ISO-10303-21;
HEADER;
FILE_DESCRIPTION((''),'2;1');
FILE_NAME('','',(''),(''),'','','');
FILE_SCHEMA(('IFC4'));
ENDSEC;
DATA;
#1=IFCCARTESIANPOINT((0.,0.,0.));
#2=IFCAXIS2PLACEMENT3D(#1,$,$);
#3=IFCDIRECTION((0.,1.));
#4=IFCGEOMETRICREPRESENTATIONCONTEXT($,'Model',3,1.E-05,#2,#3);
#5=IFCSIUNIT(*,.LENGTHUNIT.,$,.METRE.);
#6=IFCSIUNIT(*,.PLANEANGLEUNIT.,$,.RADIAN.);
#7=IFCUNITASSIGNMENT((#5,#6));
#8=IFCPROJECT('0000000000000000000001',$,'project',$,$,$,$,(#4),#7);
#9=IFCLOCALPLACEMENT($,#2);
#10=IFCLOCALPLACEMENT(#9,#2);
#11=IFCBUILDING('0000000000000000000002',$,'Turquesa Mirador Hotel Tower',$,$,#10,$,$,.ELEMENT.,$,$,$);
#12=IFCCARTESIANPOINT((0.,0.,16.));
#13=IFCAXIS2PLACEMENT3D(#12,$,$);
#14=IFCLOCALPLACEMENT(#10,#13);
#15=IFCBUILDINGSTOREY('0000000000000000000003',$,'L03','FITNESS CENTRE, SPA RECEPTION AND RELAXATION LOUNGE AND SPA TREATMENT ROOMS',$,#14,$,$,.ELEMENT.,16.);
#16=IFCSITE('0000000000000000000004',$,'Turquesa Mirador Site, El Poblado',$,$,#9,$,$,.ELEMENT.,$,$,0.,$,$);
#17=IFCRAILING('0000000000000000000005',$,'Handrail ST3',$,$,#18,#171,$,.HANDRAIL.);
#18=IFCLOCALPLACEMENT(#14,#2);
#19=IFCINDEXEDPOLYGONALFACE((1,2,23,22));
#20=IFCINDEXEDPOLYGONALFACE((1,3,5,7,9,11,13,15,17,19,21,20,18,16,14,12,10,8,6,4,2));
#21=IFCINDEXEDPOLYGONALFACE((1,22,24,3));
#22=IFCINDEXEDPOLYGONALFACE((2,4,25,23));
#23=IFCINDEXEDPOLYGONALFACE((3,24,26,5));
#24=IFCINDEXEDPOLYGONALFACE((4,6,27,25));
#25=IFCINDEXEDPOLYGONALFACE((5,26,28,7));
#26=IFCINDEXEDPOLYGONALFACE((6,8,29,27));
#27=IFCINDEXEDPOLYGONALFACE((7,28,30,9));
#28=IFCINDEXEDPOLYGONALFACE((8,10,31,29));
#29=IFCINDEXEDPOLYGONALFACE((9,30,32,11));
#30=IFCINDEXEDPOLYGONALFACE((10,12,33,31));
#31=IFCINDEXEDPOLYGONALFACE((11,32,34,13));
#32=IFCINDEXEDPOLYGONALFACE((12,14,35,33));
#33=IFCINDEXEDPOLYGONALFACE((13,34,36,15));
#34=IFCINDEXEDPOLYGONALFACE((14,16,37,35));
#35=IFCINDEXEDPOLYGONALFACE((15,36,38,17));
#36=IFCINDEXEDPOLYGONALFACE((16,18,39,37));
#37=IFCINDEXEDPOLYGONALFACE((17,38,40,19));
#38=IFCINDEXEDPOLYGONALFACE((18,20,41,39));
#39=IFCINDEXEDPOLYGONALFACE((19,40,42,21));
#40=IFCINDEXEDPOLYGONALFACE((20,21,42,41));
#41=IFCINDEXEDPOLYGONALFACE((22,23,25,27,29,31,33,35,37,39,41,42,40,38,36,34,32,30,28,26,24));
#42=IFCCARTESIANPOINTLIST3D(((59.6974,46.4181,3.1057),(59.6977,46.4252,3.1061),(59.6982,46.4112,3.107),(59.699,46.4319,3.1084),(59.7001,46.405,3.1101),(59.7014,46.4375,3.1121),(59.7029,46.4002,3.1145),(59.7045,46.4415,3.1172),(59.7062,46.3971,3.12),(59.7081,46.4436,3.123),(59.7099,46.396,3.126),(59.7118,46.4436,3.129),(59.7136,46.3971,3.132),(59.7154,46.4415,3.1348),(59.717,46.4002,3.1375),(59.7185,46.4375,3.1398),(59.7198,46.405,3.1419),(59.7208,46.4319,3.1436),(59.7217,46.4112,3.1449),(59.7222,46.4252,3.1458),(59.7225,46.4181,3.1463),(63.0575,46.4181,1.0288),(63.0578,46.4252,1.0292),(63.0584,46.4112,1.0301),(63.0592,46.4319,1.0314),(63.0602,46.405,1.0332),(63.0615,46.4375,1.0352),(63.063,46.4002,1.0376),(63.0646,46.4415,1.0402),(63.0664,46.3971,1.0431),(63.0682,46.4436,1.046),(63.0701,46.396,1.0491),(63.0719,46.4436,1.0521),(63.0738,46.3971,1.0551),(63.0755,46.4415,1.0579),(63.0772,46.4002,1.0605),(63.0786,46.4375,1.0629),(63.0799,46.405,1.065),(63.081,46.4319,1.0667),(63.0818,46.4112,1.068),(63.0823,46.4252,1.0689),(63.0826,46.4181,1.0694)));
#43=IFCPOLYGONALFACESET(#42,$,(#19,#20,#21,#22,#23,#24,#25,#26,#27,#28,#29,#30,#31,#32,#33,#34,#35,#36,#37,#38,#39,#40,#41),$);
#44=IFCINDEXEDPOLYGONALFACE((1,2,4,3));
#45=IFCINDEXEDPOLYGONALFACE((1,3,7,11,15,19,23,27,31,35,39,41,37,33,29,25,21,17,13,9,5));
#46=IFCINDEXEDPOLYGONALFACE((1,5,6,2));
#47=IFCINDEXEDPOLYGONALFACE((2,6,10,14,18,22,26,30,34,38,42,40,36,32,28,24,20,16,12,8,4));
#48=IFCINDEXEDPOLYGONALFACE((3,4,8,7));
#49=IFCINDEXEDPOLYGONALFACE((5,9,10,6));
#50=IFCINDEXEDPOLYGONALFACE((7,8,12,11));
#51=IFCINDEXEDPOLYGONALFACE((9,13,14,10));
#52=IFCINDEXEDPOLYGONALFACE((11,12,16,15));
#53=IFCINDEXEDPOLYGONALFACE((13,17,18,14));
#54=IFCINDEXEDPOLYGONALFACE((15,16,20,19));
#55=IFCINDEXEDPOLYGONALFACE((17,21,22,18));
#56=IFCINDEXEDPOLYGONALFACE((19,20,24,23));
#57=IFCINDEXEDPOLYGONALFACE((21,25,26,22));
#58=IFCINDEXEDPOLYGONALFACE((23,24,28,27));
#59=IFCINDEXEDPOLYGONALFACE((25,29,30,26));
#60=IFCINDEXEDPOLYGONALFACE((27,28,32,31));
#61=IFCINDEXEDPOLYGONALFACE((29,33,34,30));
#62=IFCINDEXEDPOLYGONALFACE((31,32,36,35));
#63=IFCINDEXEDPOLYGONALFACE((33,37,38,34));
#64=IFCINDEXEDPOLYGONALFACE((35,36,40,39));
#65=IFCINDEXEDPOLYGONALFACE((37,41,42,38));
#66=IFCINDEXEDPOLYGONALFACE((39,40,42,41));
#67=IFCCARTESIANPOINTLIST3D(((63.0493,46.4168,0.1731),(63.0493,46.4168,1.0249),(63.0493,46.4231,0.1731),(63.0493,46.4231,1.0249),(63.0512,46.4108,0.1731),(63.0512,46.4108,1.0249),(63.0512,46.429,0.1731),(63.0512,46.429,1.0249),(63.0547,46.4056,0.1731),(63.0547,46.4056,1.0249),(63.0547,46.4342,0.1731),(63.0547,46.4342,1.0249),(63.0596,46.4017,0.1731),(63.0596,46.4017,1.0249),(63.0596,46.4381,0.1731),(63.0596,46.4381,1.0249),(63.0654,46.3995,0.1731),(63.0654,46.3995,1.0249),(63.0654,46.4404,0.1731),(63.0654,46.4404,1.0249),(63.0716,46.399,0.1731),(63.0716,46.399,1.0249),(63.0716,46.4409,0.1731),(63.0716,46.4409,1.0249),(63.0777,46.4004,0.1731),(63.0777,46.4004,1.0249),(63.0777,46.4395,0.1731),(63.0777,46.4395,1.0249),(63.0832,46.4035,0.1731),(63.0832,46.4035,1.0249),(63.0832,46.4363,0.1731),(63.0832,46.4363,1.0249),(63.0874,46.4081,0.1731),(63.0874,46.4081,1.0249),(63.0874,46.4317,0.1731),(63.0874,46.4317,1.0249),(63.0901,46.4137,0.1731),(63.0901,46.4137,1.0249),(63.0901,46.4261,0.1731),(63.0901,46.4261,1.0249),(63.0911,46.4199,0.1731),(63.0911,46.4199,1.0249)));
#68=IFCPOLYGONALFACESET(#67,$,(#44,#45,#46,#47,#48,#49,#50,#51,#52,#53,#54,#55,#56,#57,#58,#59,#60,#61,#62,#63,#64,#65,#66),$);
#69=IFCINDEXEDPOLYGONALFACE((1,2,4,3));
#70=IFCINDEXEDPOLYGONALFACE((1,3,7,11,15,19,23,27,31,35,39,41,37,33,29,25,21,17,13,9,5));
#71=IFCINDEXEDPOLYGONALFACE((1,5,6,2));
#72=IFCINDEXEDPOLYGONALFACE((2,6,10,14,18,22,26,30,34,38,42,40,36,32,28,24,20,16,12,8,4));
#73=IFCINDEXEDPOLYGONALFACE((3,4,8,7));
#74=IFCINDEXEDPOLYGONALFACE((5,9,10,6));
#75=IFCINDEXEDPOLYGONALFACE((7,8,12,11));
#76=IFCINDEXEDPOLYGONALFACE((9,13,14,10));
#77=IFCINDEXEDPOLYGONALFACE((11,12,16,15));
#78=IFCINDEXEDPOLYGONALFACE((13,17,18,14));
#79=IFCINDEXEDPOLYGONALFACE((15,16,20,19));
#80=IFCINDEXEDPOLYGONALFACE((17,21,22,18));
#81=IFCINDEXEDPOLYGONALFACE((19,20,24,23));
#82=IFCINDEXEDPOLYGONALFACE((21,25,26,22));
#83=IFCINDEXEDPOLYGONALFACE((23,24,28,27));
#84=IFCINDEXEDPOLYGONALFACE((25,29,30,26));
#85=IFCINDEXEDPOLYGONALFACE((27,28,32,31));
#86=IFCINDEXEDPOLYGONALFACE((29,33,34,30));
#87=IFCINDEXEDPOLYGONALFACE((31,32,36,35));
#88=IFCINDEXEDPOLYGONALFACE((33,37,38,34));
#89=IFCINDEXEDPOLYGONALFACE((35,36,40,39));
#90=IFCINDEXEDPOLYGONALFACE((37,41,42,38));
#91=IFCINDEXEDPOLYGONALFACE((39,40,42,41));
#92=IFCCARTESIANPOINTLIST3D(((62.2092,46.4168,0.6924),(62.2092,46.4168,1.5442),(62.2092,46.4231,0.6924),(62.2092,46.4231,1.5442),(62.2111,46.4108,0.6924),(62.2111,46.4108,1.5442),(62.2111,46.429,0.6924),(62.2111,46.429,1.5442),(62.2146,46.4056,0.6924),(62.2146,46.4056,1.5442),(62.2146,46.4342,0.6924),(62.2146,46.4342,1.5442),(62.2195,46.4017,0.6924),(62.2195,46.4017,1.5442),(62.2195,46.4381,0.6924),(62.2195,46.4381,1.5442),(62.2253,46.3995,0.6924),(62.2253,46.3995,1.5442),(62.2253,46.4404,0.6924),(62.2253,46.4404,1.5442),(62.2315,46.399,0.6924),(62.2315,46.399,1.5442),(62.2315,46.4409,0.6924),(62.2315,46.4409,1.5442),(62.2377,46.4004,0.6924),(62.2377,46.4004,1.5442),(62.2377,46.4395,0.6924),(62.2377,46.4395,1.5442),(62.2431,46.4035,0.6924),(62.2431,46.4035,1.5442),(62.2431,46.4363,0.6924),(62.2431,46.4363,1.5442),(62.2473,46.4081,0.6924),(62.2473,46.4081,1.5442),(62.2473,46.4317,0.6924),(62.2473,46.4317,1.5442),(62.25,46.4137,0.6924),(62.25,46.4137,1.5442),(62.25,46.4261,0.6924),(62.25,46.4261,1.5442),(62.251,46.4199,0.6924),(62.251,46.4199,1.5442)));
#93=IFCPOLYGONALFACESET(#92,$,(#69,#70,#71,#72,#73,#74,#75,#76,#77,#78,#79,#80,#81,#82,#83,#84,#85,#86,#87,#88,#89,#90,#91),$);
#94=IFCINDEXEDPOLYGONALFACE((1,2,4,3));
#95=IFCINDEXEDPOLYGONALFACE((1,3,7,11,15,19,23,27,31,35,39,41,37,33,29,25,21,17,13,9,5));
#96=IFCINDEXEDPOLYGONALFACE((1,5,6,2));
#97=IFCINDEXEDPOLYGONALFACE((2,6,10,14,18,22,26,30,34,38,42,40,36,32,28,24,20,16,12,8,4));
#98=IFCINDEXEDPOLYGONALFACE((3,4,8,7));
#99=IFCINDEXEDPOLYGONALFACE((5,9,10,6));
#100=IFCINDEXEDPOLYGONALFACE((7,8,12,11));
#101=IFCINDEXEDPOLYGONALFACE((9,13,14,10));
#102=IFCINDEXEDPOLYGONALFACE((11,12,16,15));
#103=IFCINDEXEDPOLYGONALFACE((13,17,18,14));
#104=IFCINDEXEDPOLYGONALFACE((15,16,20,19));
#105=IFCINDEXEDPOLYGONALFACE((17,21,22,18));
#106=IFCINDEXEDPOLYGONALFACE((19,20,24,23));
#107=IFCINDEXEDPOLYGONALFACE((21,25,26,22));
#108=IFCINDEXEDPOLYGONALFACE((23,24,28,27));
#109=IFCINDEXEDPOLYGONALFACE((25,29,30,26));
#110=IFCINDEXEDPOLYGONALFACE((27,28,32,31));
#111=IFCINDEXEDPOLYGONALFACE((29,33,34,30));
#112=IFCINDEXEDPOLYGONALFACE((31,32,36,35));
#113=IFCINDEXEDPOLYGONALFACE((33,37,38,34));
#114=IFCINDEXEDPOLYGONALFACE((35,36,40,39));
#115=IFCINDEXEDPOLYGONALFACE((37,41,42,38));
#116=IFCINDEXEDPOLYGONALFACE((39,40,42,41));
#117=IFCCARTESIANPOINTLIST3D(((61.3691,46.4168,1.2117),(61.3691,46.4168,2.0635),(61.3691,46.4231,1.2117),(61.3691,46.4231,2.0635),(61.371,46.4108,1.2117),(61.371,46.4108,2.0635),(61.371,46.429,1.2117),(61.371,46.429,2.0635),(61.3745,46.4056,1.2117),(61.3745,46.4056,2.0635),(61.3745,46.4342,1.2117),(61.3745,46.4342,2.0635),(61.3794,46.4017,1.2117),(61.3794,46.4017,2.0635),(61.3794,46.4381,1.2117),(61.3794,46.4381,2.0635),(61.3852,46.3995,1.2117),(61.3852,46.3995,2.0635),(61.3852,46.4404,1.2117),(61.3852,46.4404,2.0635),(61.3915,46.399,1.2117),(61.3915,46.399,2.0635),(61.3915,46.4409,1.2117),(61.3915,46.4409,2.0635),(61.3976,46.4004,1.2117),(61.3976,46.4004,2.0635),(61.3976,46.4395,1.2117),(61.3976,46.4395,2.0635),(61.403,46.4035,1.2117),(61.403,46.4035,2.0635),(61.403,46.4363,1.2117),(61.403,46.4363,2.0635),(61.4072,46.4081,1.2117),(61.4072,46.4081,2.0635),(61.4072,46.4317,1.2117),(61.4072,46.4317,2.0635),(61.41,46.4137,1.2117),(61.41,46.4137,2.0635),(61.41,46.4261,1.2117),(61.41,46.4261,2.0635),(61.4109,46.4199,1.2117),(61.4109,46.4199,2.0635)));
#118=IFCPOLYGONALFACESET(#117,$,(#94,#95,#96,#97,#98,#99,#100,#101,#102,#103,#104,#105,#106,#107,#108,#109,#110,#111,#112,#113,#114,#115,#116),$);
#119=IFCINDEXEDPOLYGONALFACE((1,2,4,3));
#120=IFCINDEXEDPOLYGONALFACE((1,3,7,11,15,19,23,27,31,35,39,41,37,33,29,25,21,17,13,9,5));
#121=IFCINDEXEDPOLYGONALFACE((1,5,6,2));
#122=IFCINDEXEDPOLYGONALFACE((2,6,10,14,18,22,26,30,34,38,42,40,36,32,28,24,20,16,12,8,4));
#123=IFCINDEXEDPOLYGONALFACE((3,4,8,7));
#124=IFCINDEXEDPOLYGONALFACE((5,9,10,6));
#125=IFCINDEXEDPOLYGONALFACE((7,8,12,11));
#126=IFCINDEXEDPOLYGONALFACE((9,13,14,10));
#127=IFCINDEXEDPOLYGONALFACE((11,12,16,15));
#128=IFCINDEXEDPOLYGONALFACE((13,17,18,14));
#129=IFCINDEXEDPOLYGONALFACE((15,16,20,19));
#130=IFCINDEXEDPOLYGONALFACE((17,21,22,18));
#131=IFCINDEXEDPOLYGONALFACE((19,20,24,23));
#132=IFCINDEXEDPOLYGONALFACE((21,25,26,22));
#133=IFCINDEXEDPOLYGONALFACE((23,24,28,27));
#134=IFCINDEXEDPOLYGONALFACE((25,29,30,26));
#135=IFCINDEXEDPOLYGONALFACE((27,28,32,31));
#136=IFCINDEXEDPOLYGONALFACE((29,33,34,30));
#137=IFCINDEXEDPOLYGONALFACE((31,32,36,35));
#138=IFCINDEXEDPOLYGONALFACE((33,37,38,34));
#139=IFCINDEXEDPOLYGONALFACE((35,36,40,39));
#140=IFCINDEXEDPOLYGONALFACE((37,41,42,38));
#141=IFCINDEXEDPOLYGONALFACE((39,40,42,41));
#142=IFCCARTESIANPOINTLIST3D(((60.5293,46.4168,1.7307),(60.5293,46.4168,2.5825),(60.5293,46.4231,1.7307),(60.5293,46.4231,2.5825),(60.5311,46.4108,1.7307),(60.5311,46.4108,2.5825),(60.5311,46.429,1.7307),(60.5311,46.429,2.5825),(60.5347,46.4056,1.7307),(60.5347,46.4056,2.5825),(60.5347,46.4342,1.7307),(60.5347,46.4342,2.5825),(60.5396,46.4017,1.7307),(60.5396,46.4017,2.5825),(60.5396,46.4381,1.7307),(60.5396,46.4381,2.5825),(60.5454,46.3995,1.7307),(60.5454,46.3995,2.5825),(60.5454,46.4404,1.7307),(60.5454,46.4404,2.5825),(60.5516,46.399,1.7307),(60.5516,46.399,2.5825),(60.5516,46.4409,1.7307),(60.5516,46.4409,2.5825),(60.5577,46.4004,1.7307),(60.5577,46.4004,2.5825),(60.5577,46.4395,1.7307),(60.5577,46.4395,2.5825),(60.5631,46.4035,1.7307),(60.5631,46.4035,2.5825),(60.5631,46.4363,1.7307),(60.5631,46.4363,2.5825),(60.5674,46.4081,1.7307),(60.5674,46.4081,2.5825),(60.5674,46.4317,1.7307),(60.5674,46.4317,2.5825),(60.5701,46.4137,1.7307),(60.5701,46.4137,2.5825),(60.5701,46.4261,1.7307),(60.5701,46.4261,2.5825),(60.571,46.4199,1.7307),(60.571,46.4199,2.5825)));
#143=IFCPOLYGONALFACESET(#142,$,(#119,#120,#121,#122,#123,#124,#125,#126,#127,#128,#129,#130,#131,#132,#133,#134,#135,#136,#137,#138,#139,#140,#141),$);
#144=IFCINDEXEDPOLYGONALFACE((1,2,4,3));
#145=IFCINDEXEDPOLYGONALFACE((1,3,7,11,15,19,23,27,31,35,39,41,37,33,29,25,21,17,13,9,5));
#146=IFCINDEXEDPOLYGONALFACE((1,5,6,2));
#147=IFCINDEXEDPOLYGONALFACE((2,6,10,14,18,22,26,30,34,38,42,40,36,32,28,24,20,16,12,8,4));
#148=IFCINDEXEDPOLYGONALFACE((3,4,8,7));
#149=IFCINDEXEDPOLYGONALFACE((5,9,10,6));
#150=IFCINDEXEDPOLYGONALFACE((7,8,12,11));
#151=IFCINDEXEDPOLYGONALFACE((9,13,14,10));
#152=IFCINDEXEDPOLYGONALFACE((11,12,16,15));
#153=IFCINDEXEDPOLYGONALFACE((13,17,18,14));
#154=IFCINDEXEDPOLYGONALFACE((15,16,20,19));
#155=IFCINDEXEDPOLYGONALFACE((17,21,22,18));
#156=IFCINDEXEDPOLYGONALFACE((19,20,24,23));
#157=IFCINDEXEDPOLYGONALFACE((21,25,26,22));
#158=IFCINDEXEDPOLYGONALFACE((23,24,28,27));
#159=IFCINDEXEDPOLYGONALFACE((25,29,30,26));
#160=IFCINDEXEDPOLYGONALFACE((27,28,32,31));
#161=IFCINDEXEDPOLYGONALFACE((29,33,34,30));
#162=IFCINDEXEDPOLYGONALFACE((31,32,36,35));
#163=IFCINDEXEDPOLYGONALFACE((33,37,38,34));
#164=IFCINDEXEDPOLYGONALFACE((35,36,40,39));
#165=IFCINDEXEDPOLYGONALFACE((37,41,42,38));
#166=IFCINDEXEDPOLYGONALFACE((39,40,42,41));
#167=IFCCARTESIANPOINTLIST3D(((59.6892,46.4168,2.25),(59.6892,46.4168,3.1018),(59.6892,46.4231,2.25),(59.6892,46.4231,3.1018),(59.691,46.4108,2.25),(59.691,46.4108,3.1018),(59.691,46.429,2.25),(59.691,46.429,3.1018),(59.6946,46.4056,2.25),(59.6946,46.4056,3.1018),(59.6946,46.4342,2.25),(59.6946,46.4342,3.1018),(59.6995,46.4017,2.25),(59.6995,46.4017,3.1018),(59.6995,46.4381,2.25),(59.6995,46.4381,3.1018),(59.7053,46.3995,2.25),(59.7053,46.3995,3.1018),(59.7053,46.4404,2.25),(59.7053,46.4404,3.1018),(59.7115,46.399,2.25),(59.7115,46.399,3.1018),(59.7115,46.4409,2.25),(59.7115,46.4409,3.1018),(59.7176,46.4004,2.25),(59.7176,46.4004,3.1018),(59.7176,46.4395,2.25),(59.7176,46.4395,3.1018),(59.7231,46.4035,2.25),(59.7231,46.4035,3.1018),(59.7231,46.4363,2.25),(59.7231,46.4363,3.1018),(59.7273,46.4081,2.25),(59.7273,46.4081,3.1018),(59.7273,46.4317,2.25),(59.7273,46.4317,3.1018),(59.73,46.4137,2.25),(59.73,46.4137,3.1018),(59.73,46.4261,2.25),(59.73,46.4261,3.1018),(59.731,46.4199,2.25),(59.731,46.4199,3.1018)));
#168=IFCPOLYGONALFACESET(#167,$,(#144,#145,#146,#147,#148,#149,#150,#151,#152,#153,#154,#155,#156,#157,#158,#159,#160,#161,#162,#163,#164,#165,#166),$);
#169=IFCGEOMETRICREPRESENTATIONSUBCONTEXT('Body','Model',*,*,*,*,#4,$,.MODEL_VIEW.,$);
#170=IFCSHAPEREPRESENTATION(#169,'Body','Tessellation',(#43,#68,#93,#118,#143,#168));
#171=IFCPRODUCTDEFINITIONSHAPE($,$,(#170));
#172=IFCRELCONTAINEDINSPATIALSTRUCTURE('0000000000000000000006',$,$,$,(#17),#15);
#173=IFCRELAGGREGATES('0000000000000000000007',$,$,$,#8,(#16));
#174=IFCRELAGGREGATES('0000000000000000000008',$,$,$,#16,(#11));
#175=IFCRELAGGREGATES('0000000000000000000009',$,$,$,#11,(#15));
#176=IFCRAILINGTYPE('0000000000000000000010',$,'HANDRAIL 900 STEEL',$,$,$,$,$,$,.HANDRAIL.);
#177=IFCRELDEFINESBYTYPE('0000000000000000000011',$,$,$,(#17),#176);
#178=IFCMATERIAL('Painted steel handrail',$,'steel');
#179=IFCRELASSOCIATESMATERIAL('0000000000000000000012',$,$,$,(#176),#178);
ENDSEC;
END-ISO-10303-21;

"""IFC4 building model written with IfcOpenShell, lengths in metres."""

from ifc_helpers import new_model, si_unit, direction, frame, origin, origin_2d, place, context, subcontext, project, spatial, circle, extrude, material, type_object, element, save


model = new_model("IFC4")

# Units and contexts
model_context = context("Model", 3, precision=1e-05, world=origin(), true_north=direction((0.0, 1.0)))
body_context = subcontext(model_context, "Body", "Model", "MODEL_VIEW")
ifc_project = project(units=[si_unit("LENGTHUNIT", "METRE"), si_unit("PLANEANGLEUNIT", "RADIAN")], contexts=[model_context])

# Site, building, storey
site_placement = place(None, origin())
site = spatial("IfcSite", under=ifc_project, at=site_placement, Name="Turquesa Mirador Site, El Poblado", CompositionType="ELEMENT", RefElevation=0.0)
building_placement = place(site_placement, origin())
building = spatial("IfcBuilding", under=site, at=building_placement, Name="Turquesa Mirador Hotel Tower", CompositionType="ELEMENT")
storey_placement = place(building_placement, frame((0.0, 0.0, 16.0)))
storey = spatial("IfcBuildingStorey", under=building, at=storey_placement, Name="L03", Description="FITNESS CENTRE, SPA RECEPTION AND RELAXATION LOUNGE AND SPA TREATMENT ROOMS", CompositionType="ELEMENT", Elevation=16.0)

# Railing
ifc_material_1 = material(Name="Painted steel handrail", Category="steel")
railing_type = type_object("IfcRailingType", Name="HANDRAIL 900 STEEL", PredefinedType="HANDRAIL", material=ifc_material_1)
railing_1_placement = place(storey_placement, frame((63.0701, 46.4199, 0.1731)))
element("IfcRailing", 1, at=railing_1_placement, inside=storey, type_object=railing_type, Name="Handrail ST3", PredefinedType="HANDRAIL", context=body_context, shape_type="SweptSolid", body=[
    extrude(circle(Radius=0.0239, at=origin_2d()), frame((0.0, 0.0, 0.876), z_axis=(-0.850623, 0.0, 0.525776), x_axis=(0.0, -1.0, 0.0)), (0.0, 0.0, 1.0), 3.9502),
    extrude(circle(Radius=0.021, at=origin_2d()), origin(), (0.0, 0.0, 1.0), 0.8518),
    extrude(circle(Radius=0.021, at=origin_2d()), frame((-0.8401, 0.0, 0.5193)), (0.0, 0.0, 1.0), 0.8518),
    extrude(circle(Radius=0.021, at=origin_2d()), frame((-1.6802, 0.0, 1.0386)), (0.0, 0.0, 1.0), 0.8518),
    extrude(circle(Radius=0.021, at=origin_2d()), frame((-2.52, 0.0, 1.5576)), (0.0, 0.0, 1.0), 0.8518),
    extrude(circle(Radius=0.021, at=origin_2d()), frame((-3.3601, 0.0, 2.0769)), (0.0, 0.0, 1.0), 0.8518),
])

save(model, "model.ifc")
